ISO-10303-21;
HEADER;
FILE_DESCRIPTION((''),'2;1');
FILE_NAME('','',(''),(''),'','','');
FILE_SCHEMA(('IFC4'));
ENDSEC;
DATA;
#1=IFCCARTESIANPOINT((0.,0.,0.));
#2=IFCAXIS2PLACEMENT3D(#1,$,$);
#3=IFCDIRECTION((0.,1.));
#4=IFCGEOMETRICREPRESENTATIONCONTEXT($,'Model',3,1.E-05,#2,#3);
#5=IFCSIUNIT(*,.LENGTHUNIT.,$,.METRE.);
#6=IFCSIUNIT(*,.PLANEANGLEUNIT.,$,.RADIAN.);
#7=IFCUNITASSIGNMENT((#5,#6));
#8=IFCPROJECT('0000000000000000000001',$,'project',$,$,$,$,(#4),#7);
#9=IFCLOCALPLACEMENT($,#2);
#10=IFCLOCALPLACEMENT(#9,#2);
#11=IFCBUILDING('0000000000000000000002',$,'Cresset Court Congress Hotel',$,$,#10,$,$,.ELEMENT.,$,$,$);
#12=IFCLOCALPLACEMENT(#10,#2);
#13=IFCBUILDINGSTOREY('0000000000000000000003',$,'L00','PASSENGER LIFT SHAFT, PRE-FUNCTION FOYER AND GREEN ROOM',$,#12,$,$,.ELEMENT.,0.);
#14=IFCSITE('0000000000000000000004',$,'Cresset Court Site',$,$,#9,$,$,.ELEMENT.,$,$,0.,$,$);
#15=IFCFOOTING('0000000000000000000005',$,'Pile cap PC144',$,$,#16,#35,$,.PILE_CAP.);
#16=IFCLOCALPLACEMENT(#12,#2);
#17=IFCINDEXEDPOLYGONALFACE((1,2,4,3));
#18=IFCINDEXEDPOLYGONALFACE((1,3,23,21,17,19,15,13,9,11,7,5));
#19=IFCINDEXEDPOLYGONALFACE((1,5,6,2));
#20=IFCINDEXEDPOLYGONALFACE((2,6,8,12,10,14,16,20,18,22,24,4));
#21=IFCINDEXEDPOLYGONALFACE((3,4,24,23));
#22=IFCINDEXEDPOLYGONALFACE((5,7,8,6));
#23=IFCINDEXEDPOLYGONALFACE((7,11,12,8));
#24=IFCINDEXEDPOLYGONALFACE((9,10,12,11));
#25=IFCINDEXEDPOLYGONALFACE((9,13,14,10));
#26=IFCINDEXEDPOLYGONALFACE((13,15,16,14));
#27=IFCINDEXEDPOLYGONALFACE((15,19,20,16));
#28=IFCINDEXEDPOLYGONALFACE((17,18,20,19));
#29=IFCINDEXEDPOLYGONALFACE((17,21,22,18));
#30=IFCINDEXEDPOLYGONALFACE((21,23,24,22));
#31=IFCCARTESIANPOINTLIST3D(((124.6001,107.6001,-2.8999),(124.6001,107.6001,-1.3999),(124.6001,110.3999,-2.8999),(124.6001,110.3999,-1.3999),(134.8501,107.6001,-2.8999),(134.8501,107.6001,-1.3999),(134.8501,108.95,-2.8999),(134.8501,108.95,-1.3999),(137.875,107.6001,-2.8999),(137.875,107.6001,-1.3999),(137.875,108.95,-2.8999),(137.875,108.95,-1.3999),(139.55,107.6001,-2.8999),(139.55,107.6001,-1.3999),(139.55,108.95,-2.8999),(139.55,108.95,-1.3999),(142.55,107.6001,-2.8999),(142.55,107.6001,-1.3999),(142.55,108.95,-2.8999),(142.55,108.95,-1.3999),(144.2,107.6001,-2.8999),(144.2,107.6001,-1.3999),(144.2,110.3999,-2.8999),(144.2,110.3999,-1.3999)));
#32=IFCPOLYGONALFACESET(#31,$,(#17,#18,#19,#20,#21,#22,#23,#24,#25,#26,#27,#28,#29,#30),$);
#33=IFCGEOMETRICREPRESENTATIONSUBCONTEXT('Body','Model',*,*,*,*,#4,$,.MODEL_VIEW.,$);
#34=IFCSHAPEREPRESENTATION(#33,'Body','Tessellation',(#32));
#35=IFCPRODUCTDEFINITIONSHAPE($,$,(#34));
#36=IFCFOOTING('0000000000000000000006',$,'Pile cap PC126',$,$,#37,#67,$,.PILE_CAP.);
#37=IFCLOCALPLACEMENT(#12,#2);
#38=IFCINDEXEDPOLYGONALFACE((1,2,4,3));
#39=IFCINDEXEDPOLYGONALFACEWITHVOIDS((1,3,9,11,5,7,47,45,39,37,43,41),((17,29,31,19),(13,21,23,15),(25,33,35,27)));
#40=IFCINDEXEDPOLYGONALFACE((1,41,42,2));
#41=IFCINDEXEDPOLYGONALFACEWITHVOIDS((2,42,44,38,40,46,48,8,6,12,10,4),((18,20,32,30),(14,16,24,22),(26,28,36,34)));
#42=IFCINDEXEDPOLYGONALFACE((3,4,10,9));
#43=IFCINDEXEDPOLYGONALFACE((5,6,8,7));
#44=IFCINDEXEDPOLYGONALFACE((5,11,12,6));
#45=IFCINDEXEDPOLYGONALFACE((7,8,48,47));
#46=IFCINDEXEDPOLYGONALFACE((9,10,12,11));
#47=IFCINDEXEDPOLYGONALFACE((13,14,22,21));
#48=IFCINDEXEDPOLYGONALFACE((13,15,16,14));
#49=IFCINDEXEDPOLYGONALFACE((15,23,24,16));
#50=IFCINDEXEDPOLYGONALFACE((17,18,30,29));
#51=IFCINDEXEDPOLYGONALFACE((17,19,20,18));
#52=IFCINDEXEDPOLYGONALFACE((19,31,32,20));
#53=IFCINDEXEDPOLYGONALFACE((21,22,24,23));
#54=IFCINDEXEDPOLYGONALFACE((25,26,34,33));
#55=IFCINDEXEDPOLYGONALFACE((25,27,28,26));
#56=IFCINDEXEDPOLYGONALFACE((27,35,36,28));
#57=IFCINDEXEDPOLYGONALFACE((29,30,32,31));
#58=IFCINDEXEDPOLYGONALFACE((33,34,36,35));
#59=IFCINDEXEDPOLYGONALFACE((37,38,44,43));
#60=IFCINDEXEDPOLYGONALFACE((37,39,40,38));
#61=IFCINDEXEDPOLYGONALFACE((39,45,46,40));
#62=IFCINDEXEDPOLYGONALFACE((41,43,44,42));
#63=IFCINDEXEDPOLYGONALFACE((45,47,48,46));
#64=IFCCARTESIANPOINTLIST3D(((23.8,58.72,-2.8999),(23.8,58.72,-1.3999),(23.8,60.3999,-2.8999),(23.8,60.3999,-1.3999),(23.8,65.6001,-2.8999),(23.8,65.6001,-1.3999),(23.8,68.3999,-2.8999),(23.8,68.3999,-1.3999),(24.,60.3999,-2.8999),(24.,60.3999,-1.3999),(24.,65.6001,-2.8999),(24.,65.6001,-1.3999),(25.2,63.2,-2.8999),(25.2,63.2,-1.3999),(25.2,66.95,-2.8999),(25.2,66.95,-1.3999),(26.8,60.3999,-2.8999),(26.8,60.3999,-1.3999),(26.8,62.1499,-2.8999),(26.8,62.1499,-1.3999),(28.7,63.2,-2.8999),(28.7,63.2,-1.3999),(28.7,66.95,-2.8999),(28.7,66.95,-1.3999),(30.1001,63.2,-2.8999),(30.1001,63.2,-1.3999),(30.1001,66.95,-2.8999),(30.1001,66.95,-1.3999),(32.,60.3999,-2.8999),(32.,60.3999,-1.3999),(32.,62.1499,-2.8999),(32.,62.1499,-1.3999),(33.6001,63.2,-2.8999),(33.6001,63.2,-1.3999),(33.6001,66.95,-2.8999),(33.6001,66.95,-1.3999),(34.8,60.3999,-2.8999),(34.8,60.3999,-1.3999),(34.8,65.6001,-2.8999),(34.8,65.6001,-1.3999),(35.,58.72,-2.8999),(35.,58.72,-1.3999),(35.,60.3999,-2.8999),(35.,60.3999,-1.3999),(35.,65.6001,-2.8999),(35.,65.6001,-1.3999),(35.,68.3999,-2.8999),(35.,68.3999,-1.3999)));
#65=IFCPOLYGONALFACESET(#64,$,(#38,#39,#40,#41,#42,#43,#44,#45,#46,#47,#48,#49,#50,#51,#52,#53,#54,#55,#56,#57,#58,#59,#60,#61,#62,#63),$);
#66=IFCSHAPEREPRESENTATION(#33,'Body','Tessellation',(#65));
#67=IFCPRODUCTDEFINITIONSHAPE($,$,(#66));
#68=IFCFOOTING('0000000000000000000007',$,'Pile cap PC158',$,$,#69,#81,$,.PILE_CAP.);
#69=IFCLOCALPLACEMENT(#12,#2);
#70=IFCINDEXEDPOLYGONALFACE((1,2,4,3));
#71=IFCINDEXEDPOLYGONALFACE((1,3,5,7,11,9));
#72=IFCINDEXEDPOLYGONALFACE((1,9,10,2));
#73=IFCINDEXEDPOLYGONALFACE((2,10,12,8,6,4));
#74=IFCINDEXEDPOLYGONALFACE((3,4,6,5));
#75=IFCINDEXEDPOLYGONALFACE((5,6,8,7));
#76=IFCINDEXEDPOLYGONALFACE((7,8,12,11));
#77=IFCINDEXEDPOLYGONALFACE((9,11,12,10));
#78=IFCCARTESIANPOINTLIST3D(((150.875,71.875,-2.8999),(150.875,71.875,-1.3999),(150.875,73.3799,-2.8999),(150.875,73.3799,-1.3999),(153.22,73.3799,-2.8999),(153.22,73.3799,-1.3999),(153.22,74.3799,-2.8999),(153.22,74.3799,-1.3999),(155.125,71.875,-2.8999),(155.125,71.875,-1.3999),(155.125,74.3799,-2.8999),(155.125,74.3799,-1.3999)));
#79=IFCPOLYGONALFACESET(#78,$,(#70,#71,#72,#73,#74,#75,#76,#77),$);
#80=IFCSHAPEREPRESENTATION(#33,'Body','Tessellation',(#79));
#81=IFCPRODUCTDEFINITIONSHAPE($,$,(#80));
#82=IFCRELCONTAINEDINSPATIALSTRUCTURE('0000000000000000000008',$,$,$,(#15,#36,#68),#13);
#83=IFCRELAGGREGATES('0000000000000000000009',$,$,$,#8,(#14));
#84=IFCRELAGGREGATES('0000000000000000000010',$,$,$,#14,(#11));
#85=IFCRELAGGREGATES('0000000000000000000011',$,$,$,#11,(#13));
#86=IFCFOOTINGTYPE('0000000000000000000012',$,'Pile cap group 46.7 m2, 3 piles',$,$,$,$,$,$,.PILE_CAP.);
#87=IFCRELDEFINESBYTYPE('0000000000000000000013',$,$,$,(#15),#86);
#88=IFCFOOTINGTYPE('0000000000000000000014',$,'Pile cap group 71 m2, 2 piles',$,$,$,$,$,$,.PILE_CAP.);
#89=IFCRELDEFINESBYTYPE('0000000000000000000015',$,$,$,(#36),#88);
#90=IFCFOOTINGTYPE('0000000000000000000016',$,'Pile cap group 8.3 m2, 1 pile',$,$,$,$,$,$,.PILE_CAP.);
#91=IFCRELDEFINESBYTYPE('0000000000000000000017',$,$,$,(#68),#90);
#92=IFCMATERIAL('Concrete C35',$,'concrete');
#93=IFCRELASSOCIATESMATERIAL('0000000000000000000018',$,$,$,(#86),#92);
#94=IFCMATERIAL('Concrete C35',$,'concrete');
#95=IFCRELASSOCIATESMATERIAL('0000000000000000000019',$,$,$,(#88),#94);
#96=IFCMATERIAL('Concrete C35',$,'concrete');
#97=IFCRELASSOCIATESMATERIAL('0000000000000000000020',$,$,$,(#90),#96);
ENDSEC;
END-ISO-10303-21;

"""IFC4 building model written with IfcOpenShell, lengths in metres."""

from ifc_helpers import new_model, si_unit, direction, frame, origin, place, context, subcontext, project, spatial, polyline, outline, extrude, material, type_object, element, save


model = new_model("IFC4")

# Units and contexts
model_context = context("Model", 3, precision=1e-05, world=origin(), true_north=direction((0.0, 1.0)))
body_context = subcontext(model_context, "Body", "Model", "MODEL_VIEW")
ifc_project = project(units=[si_unit("LENGTHUNIT", "METRE"), si_unit("PLANEANGLEUNIT", "RADIAN")], contexts=[model_context])

# Site, building, storey
site_placement = place(None, origin())
site = spatial("IfcSite", under=ifc_project, at=site_placement, Name="Cresset Court Site", CompositionType="ELEMENT", RefElevation=0.0)
building_placement = place(site_placement, origin())
building = spatial("IfcBuilding", under=site, at=building_placement, Name="Cresset Court Congress Hotel", CompositionType="ELEMENT")
storey_placement = place(building_placement, origin())
storey = spatial("IfcBuildingStorey", under=building, at=storey_placement, Name="L00", Description="PASSENGER LIFT SHAFT, PRE-FUNCTION FOYER AND GREEN ROOM", CompositionType="ELEMENT", Elevation=0.0)

# Footings
ifc_material_1 = material(Name="Concrete C35", Category="concrete")
footing_type_1 = type_object("IfcFootingType", Name="Pile cap group 46.7 m2, 3 piles", PredefinedType="PILE_CAP", material=ifc_material_1)
footing_1_placement = place(storey_placement, frame((0.0, 0.0, -2.8999)))
element("IfcFooting", 1, at=footing_1_placement, inside=storey, type_object=footing_type_1, Name="Pile cap PC144", PredefinedType="PILE_CAP", context=body_context, shape_type="SweptSolid", body=[
    extrude(outline(polyline([(144.2, 107.6001), (142.55, 107.6001), (142.55, 108.95), (139.55, 108.95), (139.55, 107.6001), (137.875, 107.6001), (137.875, 108.95), (134.8501, 108.95), (134.8501, 107.6001), (124.6001, 107.6001), (124.6001, 110.3999), (144.2, 110.3999), (144.2, 107.6001)])), origin(), (0.0, 0.0, 1.0), 1.5),
])
ifc_material_2 = material(Name="Concrete C35", Category="concrete")
footing_type_2 = type_object("IfcFootingType", Name="Pile cap group 71 m2, 2 piles", PredefinedType="PILE_CAP", material=ifc_material_2)
footing_2_placement = place(storey_placement, frame((0.0, 0.0, -2.8999)))
element("IfcFooting", 2, at=footing_2_placement, inside=storey, type_object=footing_type_2, Name="Pile cap PC126", PredefinedType="PILE_CAP", context=body_context, shape_type="SweptSolid", body=[
    extrude(outline(polyline([(34.8, 60.3999), (35.0, 60.3999), (35.0, 58.72), (23.8, 58.72), (23.8, 60.3999), (24.0, 60.3999), (24.0, 65.6001), (23.8, 65.6001), (23.8, 68.3999), (35.0, 68.3999), (35.0, 65.6001), (34.8, 65.6001), (34.8, 60.3999)]), holes=[polyline([(32.0, 60.3999), (32.0, 62.1499), (26.8, 62.1499), (26.8, 60.3999), (32.0, 60.3999)]), polyline([(28.7, 66.95), (25.2, 66.95), (25.2, 63.2), (28.7, 63.2), (28.7, 66.95)]), polyline([(33.6001, 63.2), (33.6001, 66.95), (30.1001, 66.95), (30.1001, 63.2), (33.6001, 63.2)])]), origin(), (0.0, 0.0, 1.0), 1.5),
])
ifc_material_3 = material(Name="Concrete C35", Category="concrete")
footing_type_3 = type_object("IfcFootingType", Name="Pile cap group 8.3 m2, 1 pile", PredefinedType="PILE_CAP", material=ifc_material_3)
footing_3_placement = place(storey_placement, frame((0.0, 0.0, -2.8999)))
element("IfcFooting", 3, at=footing_3_placement, inside=storey, type_object=footing_type_3, Name="Pile cap PC158", PredefinedType="PILE_CAP", context=body_context, shape_type="SweptSolid", body=[
    extrude(outline(polyline([(153.22, 73.3799), (153.22, 74.3799), (155.125, 74.3799), (155.125, 71.875), (150.875, 71.875), (150.875, 73.3799), (153.22, 73.3799)])), origin(), (0.0, 0.0, 1.0), 1.5),
])

save(model, "model.ifc")
